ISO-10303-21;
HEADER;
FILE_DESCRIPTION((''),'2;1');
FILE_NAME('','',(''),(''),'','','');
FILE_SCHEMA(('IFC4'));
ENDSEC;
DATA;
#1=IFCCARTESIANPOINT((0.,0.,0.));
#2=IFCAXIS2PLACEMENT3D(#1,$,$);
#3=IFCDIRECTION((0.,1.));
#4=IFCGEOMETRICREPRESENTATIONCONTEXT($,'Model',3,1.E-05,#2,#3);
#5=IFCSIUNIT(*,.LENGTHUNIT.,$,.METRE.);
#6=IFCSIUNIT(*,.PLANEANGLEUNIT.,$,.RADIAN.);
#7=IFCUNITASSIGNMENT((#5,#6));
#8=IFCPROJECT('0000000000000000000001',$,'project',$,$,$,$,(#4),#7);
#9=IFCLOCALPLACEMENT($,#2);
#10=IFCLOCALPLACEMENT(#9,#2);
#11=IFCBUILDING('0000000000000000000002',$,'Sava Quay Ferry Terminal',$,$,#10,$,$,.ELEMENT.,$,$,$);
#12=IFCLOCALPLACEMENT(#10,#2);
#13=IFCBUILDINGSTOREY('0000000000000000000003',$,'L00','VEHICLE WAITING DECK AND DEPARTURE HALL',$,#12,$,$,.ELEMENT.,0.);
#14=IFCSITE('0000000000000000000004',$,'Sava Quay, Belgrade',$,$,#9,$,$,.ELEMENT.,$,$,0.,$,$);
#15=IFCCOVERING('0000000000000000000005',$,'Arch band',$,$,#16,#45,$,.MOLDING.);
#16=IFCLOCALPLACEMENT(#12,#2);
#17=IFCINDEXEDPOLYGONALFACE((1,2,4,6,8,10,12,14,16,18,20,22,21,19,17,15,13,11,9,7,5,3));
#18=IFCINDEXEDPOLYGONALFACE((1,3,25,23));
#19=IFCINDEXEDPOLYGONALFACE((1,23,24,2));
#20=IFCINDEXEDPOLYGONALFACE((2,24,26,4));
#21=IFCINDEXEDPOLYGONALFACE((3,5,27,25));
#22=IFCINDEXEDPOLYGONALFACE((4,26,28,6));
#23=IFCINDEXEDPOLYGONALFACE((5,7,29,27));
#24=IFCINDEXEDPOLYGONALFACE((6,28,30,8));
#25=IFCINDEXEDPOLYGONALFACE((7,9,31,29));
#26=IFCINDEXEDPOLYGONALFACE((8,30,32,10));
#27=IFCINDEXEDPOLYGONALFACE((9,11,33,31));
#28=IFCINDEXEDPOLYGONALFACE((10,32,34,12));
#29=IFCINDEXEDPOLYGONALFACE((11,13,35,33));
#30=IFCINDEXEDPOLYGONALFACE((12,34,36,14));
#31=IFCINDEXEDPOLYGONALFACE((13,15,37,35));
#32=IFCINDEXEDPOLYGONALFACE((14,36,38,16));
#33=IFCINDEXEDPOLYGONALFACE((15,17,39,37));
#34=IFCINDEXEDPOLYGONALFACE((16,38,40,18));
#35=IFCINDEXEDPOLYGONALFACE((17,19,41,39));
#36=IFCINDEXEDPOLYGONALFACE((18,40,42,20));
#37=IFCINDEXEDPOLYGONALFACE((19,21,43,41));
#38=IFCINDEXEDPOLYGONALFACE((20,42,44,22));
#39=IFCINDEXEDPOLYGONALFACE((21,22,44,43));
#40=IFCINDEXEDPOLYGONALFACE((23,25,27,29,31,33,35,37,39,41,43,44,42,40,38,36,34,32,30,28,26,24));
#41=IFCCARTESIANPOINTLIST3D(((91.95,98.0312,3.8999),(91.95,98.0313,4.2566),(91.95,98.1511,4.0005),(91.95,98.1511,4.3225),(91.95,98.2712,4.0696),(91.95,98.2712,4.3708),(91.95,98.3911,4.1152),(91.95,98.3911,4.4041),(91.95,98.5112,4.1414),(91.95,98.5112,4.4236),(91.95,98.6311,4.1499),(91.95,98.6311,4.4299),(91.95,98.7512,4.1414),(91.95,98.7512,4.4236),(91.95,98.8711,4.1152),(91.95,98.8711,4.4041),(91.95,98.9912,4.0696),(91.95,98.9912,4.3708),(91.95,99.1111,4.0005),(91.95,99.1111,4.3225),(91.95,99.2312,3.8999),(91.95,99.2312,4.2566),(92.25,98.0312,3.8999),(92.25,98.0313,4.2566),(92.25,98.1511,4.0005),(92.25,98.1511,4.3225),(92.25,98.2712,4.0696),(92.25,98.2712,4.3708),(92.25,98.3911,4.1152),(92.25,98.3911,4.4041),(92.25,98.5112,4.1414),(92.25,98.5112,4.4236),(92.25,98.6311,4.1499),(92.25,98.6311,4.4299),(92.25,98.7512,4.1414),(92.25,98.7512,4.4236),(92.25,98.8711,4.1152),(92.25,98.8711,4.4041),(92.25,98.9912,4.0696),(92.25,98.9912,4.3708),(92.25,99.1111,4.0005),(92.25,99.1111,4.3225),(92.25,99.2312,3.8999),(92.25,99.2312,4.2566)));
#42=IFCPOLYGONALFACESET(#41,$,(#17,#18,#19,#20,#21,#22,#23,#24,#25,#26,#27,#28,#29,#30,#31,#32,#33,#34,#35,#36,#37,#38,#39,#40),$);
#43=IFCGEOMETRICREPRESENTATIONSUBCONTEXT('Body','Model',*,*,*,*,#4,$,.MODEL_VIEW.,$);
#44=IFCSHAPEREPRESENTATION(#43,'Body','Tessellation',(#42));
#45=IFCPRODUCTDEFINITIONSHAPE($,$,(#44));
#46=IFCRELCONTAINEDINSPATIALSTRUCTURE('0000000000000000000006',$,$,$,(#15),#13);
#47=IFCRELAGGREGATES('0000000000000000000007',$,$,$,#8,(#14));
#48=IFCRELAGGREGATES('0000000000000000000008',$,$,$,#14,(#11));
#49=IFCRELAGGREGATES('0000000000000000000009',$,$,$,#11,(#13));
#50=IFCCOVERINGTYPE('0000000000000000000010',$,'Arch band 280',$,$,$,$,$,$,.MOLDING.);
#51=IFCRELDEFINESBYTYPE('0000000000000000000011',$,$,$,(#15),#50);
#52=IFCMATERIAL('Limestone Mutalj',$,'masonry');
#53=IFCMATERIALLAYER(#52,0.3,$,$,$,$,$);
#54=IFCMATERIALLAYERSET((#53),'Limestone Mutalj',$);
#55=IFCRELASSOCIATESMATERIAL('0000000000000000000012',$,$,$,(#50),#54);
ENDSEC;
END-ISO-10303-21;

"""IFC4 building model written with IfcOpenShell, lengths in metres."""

from ifc_helpers import new_model, si_unit, direction, frame, origin, place, context, subcontext, project, spatial, polyline, outline, extrude, material, layer, layer_set, type_object, element, save


model = new_model("IFC4")

# Units and contexts
model_context = context("Model", 3, precision=1e-05, world=origin(), true_north=direction((0.0, 1.0)))
body_context = subcontext(model_context, "Body", "Model", "MODEL_VIEW")
ifc_project = project(units=[si_unit("LENGTHUNIT", "METRE"), si_unit("PLANEANGLEUNIT", "RADIAN")], contexts=[model_context])

# Site, building, storey
site_placement = place(None, origin())
site = spatial("IfcSite", under=ifc_project, at=site_placement, Name="Sava Quay, Belgrade", CompositionType="ELEMENT", RefElevation=0.0)
building_placement = place(site_placement, origin())
building = spatial("IfcBuilding", under=site, at=building_placement, Name="Sava Quay Ferry Terminal", CompositionType="ELEMENT")
storey_placement = place(building_placement, origin())
storey = spatial("IfcBuildingStorey", under=building, at=storey_placement, Name="L00", Description="VEHICLE WAITING DECK AND DEPARTURE HALL", CompositionType="ELEMENT", Elevation=0.0)

# Covering
ifc_material_1 = material(Name="Limestone Mutalj", Category="masonry")
ifc_layer_1 = layer(ifc_material_1, 0.3)
ifc_layer_set_1 = layer_set([ifc_layer_1], Name="Limestone Mutalj")
covering_type = type_object("IfcCoveringType", Name="Arch band 280", PredefinedType="MOLDING", material=ifc_layer_set_1)
for number, where, z_axis, x_axis, name in (
    (1, (92.25, 98.0312, 3.8999), (1.0, 0.0, 0.0), (0.0, 0.766043, 0.64279), "Arch band"),
):
    element("IfcCovering", number, at=place(storey_placement, frame(where, z_axis=z_axis, x_axis=x_axis)), inside=storey, type_object=covering_type, Name=name, PredefinedType="MOLDING", context=body_context, shape_type="SweptSolid", body=[
        extrude(outline(polyline([(0.0, 0.0), (0.1565, 0.0), (0.2929, -0.0243), (0.4141, -0.0664), (0.5229, -0.1236), (0.6202, -0.1941), (0.7067, -0.2778), (0.7818, -0.3749), (0.8444, -0.4871), (0.8919, -0.6171), (0.9192, -0.7713), (1.1485, -0.4981), (1.0988, -0.3704), (1.0381, -0.2563), (0.9674, -0.1536), (0.8881, -0.0616), (0.8002, 0.0204), (0.7043, 0.0926), (0.5997, 0.1549), (0.4866, 0.2065), (0.3635, 0.2467), (0.2293, 0.2732), (0.0, 0.0)])), origin(), (0.0, 0.0, -1.0), 0.3),
    ])

save(model, "model.ifc")
